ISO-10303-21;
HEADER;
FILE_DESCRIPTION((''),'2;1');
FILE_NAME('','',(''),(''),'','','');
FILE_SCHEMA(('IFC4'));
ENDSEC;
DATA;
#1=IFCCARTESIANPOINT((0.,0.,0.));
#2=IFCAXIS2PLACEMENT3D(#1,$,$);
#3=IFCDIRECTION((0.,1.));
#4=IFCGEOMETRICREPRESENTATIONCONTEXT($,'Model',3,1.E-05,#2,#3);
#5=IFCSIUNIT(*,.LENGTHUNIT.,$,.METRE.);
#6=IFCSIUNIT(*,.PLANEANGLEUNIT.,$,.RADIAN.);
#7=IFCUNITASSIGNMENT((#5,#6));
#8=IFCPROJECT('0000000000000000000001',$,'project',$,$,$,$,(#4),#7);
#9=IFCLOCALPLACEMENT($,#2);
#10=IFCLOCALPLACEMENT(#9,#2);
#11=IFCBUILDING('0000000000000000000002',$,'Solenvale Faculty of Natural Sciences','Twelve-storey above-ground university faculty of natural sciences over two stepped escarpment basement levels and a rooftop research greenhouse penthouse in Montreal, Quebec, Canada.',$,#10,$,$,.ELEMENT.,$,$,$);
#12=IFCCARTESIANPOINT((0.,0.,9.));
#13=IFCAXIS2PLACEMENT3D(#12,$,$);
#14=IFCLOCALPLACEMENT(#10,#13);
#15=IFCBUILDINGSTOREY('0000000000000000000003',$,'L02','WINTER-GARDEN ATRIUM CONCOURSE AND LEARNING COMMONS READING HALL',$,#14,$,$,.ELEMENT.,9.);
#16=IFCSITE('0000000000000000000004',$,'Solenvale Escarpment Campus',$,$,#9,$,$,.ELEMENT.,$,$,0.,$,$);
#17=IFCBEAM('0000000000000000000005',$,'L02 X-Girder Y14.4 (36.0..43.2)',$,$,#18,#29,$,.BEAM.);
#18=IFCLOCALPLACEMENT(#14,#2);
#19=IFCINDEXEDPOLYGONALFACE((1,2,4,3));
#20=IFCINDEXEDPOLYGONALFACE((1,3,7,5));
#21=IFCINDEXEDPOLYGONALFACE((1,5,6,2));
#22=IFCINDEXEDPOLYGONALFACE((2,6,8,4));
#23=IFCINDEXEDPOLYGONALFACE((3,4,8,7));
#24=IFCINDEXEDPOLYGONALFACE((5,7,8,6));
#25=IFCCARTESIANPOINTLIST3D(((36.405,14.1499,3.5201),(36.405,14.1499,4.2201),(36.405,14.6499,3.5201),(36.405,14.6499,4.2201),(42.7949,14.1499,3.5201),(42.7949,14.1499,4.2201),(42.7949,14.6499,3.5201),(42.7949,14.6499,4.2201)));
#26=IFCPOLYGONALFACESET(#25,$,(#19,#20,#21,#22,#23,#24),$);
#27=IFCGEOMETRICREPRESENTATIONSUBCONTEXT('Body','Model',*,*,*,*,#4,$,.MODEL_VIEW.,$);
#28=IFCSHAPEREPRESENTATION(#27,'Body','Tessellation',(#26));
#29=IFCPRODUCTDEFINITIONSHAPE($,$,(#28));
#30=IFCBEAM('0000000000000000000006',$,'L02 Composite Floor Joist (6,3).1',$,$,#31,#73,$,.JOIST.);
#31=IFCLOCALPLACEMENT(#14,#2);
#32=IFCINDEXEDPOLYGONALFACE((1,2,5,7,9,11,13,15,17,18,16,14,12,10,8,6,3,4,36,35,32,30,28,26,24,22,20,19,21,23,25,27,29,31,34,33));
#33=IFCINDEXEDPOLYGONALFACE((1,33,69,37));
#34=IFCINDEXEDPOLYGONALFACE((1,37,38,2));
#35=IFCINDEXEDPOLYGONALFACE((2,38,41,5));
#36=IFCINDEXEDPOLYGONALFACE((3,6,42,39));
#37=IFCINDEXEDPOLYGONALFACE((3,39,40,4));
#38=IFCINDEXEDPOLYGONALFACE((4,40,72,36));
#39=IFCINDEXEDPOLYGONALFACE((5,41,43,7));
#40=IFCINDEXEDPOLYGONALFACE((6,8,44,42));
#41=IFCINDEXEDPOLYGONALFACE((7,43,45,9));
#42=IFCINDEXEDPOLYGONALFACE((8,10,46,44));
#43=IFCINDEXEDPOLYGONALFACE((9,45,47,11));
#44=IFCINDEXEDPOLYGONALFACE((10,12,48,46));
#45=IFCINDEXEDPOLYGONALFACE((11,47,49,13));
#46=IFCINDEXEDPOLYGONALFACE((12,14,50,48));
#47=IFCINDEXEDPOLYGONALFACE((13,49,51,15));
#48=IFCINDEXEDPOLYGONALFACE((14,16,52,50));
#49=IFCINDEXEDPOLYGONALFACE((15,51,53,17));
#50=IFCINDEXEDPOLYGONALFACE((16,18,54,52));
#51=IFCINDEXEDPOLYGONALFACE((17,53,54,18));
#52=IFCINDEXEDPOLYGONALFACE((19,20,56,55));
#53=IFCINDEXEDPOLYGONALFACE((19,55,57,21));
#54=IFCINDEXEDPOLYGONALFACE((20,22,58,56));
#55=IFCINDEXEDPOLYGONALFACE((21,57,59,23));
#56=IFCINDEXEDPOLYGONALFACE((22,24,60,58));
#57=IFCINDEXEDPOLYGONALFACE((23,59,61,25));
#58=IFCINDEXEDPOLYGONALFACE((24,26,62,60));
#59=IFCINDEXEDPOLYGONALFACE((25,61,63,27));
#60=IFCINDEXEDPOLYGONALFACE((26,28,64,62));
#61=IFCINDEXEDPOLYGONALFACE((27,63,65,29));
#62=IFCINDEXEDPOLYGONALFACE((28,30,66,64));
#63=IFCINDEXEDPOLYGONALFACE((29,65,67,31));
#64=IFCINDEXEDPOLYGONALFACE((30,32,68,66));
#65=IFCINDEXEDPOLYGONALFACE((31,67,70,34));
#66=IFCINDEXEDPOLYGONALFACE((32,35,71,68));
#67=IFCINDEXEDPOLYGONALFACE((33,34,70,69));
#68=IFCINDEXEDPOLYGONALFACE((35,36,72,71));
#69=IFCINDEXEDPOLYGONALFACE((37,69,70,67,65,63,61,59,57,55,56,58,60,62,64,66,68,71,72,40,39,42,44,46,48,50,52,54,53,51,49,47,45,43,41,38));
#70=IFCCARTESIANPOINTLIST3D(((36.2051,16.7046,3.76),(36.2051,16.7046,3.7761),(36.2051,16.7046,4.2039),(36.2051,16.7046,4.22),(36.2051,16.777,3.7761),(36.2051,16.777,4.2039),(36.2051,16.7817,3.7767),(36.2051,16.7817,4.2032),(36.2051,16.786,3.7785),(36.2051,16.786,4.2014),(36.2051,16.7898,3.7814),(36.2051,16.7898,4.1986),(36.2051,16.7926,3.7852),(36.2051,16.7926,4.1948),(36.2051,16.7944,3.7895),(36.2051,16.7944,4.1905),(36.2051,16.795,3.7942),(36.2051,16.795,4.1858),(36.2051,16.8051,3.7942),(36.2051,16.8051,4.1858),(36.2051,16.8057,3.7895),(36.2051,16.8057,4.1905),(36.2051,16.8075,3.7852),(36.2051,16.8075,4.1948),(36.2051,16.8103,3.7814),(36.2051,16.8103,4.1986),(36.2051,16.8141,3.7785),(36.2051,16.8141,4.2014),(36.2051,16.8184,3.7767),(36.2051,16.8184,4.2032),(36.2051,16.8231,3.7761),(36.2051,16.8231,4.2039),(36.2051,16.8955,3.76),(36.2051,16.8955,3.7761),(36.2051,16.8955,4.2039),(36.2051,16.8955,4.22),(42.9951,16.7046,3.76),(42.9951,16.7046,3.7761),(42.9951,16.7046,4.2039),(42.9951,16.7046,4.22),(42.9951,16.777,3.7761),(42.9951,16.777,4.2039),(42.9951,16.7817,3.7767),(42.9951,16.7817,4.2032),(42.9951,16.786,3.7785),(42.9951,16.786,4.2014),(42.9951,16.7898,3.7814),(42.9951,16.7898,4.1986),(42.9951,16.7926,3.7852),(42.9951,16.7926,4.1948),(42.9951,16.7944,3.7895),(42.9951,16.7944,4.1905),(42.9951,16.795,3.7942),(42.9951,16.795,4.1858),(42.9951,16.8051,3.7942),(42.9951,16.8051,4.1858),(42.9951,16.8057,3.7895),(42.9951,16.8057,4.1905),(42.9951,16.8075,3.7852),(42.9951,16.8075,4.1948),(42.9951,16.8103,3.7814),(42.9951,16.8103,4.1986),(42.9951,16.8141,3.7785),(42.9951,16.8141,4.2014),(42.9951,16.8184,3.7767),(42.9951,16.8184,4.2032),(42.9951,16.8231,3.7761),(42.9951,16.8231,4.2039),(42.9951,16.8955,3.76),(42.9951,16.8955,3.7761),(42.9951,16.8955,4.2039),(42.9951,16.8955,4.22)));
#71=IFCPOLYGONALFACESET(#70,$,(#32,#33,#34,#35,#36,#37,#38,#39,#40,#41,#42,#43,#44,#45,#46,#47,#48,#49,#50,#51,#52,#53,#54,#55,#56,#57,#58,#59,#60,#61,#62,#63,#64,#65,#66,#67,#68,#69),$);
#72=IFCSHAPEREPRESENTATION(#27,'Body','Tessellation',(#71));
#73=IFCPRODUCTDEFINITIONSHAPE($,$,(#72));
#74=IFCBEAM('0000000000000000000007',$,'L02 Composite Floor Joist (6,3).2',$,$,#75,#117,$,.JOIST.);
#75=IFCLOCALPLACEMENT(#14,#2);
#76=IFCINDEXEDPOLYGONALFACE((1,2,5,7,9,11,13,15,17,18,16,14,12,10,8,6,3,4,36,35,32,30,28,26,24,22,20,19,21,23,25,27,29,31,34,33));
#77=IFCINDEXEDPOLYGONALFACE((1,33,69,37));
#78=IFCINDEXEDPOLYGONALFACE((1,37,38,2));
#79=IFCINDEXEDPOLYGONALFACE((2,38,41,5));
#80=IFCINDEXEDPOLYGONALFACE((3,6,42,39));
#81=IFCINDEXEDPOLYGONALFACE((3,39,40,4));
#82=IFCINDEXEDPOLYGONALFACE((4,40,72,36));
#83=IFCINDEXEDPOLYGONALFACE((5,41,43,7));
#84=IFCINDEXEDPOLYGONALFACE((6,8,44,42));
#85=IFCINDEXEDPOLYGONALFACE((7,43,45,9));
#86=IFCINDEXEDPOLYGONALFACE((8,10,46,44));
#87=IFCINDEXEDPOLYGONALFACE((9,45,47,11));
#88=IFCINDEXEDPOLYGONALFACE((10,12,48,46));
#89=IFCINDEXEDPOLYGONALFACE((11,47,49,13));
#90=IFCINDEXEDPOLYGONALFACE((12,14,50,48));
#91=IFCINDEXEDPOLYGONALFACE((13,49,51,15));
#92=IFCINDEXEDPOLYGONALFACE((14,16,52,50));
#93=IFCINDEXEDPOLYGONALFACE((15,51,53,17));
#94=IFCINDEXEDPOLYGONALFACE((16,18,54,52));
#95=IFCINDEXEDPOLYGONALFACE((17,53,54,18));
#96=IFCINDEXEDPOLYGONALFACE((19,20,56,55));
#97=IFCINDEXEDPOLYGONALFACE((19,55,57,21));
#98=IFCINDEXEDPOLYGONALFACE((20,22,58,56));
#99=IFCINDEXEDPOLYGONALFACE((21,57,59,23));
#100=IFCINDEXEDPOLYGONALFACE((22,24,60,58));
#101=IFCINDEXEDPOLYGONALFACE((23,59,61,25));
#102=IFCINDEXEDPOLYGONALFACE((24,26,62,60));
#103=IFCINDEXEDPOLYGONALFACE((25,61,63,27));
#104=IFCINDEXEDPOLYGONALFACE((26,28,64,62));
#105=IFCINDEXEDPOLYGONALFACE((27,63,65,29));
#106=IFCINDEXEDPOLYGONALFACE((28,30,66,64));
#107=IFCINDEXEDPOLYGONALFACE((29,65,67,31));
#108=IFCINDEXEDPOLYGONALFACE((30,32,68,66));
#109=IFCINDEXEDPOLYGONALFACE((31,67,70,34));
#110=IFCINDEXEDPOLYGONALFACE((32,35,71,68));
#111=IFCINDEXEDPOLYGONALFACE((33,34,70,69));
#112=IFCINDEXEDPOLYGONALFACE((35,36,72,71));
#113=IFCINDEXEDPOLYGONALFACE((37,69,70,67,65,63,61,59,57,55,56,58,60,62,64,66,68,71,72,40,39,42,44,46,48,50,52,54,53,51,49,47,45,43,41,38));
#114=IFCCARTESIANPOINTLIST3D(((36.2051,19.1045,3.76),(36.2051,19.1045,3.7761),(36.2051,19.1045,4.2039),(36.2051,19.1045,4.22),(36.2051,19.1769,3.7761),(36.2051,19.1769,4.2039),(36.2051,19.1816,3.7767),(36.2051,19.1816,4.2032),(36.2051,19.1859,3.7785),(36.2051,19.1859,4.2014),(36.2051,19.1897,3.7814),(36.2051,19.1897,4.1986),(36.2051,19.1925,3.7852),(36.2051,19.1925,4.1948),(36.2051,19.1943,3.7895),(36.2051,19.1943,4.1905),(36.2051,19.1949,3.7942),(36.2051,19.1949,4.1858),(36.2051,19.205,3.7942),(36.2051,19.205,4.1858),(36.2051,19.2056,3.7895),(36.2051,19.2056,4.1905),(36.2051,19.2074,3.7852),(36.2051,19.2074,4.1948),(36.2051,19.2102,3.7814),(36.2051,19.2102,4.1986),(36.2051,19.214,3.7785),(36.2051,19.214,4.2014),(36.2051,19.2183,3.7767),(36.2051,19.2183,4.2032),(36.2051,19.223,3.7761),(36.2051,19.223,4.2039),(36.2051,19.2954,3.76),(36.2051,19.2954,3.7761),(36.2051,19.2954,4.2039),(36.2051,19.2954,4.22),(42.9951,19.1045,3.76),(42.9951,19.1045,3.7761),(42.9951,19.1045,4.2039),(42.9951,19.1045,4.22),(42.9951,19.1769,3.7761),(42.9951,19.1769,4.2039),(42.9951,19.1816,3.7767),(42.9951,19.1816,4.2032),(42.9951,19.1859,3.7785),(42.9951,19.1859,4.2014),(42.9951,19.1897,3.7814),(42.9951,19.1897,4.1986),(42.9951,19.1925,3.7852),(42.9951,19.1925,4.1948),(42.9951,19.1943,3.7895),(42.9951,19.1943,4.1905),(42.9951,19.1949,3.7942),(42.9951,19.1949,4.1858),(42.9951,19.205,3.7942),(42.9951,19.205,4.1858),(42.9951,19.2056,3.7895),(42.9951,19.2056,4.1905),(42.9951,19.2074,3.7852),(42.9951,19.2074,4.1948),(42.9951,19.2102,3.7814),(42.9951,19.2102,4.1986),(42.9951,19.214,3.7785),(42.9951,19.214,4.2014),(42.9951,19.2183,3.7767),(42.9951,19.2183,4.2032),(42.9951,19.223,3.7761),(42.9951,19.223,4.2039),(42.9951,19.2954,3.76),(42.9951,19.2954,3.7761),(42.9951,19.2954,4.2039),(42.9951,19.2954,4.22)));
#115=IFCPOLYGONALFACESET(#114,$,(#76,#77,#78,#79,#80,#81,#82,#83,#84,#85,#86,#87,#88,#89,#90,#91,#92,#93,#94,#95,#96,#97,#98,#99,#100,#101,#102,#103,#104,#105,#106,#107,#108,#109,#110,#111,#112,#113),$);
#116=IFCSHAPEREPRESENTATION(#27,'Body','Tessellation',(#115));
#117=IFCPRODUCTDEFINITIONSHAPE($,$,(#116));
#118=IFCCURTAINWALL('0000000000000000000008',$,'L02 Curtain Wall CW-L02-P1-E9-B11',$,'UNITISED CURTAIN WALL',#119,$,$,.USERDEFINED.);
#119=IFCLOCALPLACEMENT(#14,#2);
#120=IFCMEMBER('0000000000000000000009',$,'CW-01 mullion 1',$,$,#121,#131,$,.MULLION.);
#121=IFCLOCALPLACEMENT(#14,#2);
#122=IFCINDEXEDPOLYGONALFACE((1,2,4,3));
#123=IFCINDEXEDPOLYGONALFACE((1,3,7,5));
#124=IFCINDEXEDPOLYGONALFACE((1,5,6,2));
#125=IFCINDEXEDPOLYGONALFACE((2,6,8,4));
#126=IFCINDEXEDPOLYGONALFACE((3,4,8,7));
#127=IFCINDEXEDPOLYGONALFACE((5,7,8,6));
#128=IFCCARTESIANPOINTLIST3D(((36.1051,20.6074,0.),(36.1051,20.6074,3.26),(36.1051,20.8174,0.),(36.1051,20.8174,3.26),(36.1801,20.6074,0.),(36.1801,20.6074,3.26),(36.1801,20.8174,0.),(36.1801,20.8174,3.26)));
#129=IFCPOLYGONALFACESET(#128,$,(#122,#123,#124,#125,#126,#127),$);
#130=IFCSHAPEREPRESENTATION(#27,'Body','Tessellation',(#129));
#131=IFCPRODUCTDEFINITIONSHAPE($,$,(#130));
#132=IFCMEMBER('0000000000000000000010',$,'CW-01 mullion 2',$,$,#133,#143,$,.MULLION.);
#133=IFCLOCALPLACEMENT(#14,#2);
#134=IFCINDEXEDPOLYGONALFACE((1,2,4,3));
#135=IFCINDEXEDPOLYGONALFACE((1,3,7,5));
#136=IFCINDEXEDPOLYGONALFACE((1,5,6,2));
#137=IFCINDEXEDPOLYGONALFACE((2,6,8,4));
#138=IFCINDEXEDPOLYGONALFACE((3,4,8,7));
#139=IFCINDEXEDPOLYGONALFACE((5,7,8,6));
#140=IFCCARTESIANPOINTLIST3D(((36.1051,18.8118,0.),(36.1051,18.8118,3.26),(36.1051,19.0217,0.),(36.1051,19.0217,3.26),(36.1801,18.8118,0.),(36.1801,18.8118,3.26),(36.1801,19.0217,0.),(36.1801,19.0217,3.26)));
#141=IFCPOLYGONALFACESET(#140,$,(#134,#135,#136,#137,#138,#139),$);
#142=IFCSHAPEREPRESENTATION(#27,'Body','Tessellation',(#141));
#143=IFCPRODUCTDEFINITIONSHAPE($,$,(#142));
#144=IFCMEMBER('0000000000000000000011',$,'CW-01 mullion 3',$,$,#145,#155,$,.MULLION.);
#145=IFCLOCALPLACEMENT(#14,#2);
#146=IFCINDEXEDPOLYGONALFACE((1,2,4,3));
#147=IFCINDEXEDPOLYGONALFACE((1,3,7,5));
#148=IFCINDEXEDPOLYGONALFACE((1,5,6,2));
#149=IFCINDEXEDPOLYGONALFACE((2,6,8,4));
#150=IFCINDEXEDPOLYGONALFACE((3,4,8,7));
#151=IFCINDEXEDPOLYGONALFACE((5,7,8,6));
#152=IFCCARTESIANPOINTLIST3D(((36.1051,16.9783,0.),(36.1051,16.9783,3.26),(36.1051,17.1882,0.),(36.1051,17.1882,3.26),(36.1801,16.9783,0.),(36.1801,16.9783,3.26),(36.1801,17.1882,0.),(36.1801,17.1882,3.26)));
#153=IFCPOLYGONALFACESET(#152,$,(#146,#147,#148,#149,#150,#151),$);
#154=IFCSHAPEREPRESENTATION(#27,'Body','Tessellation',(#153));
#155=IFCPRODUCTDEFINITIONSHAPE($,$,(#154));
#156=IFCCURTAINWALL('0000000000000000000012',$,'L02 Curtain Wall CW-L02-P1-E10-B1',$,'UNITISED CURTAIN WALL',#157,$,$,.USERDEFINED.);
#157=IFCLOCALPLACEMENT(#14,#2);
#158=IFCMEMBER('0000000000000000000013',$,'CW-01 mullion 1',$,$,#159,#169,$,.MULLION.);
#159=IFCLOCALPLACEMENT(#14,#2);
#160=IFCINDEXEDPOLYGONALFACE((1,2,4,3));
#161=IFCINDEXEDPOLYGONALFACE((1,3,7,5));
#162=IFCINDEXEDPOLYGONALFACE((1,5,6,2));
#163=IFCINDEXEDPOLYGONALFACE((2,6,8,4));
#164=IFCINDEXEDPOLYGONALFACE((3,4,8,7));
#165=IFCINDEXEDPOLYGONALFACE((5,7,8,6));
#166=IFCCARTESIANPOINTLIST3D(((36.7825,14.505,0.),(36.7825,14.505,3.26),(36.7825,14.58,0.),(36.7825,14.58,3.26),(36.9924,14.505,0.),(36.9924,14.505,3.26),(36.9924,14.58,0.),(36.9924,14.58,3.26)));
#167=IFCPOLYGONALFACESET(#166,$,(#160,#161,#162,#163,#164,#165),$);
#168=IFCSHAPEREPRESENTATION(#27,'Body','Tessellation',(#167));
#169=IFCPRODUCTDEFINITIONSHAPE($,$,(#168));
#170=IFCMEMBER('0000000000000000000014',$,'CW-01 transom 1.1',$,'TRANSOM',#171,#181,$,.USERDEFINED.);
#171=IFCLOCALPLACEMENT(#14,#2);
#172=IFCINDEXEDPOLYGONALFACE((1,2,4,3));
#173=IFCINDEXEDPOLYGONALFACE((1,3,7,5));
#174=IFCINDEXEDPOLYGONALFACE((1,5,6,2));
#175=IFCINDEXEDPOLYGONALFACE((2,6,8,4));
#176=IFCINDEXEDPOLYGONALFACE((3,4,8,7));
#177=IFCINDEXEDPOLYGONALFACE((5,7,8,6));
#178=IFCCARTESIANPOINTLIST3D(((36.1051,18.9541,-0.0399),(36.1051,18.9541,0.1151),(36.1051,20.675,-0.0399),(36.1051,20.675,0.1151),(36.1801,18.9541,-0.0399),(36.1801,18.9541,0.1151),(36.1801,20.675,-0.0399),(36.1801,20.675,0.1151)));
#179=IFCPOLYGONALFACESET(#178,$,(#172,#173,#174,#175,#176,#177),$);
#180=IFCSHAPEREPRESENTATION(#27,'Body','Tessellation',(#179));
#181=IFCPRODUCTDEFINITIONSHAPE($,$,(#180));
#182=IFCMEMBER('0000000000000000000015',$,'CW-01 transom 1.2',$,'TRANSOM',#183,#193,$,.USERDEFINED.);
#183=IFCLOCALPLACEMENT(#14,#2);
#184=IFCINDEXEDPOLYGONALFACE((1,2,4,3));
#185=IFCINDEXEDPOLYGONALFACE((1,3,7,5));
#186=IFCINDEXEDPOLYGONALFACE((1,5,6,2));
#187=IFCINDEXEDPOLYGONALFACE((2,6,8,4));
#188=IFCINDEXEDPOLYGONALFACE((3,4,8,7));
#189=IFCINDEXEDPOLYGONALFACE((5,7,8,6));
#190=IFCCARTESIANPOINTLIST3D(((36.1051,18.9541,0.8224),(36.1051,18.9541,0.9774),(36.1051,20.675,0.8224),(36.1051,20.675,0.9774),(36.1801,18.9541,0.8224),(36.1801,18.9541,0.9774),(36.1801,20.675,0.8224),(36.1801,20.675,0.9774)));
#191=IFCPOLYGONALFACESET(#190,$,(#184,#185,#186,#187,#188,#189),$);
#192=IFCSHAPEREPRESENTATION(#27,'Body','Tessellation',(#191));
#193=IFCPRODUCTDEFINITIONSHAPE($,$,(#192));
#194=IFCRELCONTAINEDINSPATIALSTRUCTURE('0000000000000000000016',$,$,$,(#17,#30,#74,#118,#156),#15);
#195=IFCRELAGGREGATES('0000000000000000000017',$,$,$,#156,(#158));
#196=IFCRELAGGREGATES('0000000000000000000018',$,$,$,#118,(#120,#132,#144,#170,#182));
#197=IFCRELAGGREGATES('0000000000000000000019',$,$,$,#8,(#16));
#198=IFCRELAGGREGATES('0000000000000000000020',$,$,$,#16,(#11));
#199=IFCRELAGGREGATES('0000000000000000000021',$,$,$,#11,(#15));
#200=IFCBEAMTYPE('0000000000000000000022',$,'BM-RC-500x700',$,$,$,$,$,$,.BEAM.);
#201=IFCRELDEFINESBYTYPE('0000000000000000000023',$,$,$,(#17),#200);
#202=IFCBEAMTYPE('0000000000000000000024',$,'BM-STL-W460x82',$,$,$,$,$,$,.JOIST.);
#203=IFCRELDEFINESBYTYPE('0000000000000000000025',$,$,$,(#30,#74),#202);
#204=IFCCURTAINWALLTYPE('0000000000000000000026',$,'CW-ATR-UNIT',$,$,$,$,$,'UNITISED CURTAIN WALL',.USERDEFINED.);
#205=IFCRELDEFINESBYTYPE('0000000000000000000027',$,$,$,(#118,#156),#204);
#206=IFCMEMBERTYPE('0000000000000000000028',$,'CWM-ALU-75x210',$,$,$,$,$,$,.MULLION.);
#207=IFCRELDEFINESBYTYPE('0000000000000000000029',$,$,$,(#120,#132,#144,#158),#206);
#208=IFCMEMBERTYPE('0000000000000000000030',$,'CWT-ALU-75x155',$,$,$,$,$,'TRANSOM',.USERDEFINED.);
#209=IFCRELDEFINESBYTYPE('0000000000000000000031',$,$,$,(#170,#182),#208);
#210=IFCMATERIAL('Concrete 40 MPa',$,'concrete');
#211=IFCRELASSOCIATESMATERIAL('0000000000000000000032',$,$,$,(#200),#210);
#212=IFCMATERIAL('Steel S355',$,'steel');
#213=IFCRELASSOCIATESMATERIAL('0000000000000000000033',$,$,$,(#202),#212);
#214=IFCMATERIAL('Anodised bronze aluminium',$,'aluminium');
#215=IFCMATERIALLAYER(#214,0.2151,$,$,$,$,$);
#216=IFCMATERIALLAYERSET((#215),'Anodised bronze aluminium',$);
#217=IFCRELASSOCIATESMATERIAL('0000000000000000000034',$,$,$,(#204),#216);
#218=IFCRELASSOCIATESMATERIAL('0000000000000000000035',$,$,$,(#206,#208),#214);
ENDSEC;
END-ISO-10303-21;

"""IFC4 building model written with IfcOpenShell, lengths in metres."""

from ifc_helpers import new_model, si_unit, direction, frame, origin, origin_2d, place, context, subcontext, project, spatial, rectangle, i_section, extrude, material, layer, layer_set, material_profile, profile_set, type_object, element, aggregate, save


model = new_model("IFC4")

# Units and contexts
model_context = context("Model", 3, precision=1e-05, world=origin(), true_north=direction((0.0, 1.0)))
body_context = subcontext(model_context, "Body", "Model", "MODEL_VIEW")
ifc_project = project(units=[si_unit("LENGTHUNIT", "METRE"), si_unit("PLANEANGLEUNIT", "RADIAN")], contexts=[model_context])

# Site, building, storey
site_placement = place(None, origin())
site = spatial("IfcSite", under=ifc_project, at=site_placement, Name="Solenvale Escarpment Campus", CompositionType="ELEMENT", RefElevation=0.0)
building_placement = place(site_placement, origin())
building = spatial("IfcBuilding", under=site, at=building_placement, Name="Solenvale Faculty of Natural Sciences", Description="Twelve-storey above-ground university faculty of natural sciences over two stepped escarpment basement levels and a rooftop research greenhouse penthouse in Montreal, Quebec, Canada.", CompositionType="ELEMENT")
storey_placement = place(building_placement, frame((0.0, 0.0, 9.0)))
storey = spatial("IfcBuildingStorey", under=building, at=storey_placement, Name="L02", Description="WINTER-GARDEN ATRIUM CONCOURSE AND LEARNING COMMONS READING HALL", CompositionType="ELEMENT", Elevation=9.0)

# Beams
ifc_material_1 = material(Name="Concrete 40 MPa", Category="concrete")
ifc_material_profile_1 = material_profile(ifc_material_1, rectangle(XDim=0.5, YDim=0.7, at=origin_2d()), Name="RC-BM-500x700")
ifc_profile_set_1 = profile_set([ifc_material_profile_1], Name="Concrete 40 MPa")
beam_type_1 = type_object("IfcBeamType", Name="BM-RC-500x700", PredefinedType="BEAM", material=ifc_profile_set_1)
beam_placement = place(storey_placement, frame((36.405, 14.3999, 3.8701), z_axis=(1.0, 0.0, 0.0), x_axis=(0.0, 1.0, 0.0)))
element("IfcBeam", 1, at=beam_placement, inside=storey, type_object=beam_type_1, Name="L02 X-Girder Y14.4 (36.0..43.2)", PredefinedType="BEAM", context=body_context, shape_type="SweptSolid", body=[
    extrude(rectangle(XDim=0.5, YDim=0.7, at=origin_2d()), origin(), (0.0, 0.0, 1.0), 6.3899),
])
ifc_material_2 = material(Name="Steel S355", Category="steel")
ifc_material_profile_2 = material_profile(ifc_material_2, i_section(OverallWidth=0.1909, OverallDepth=0.46, WebThickness=0.01, FlangeThickness=0.0161, FilletRadius=0.0181, at=origin_2d()), Name="W460x82")
ifc_profile_set_2 = profile_set([ifc_material_profile_2], Name="Steel S355")
beam_type_2 = type_object("IfcBeamType", Name="BM-STL-W460x82", PredefinedType="JOIST", material=ifc_profile_set_2)
for number, where, z_axis, x_axis, name in (
    (2, (36.2051, 16.8, 3.99), (1.0, 0.0, 0.0), (0.0, 1.0, 0.0), "L02 Composite Floor Joist (6,3).1"),
    (3, (36.2051, 19.2, 3.99), (1.0, 0.0, 0.0), (0.0, 1.0, 0.0), "L02 Composite Floor Joist (6,3).2"),
):
    element("IfcBeam", number, at=place(storey_placement, frame(where, z_axis=z_axis, x_axis=x_axis)), inside=storey, type_object=beam_type_2, Name=name, PredefinedType="JOIST", context=body_context, shape_type="SweptSolid", body=[
        extrude(i_section(OverallWidth=0.1909, OverallDepth=0.46, WebThickness=0.01, FlangeThickness=0.0161, FilletRadius=0.0181, at=origin_2d()), origin(), (0.0, 0.0, 1.0), 6.79),
    ])

# Curtain wall, members
ifc_material_3 = material(Name="Anodised bronze aluminium", Category="aluminium")
ifc_layer_1 = layer(ifc_material_3, 0.2151)
ifc_layer_set_1 = layer_set([ifc_layer_1], Name="Anodised bronze aluminium")
curtain_wall_type = type_object("IfcCurtainWallType", Name="CW-ATR-UNIT", ElementType="UNITISED CURTAIN WALL", PredefinedType="USERDEFINED", material=ifc_layer_set_1)
curtain_wall_1_placement = place(storey_placement, origin())
curtain_wall_1 = element("IfcCurtainWall", 4, at=curtain_wall_1_placement, inside=storey, type_object=curtain_wall_type, Name="L02 Curtain Wall CW-L02-P1-E9-B11", ObjectType="UNITISED CURTAIN WALL", PredefinedType="USERDEFINED")
ifc_material_profile_3 = material_profile(ifc_material_3, rectangle(XDim=0.075, YDim=0.21, at=origin_2d()), Name="ALU-MUL-75x210")
ifc_profile_set_3 = profile_set([ifc_material_profile_3], Name="Anodised bronze aluminium")
member_type_1 = type_object("IfcMemberType", Name="CWM-ALU-75x210", PredefinedType="MULLION", material=ifc_profile_set_3)
member_1_placement = place(storey_placement, frame((36.1426, 20.7124, 0.0), z_axis=(0.0, 0.0, 1.0), x_axis=(1.0, 0.0, 0.0)))
member_1 = element("IfcMember", 5, at=member_1_placement, type_object=member_type_1, Name="CW-01 mullion 1", PredefinedType="MULLION", context=body_context, shape_type="SweptSolid", body=[
    extrude(rectangle(XDim=0.075, YDim=0.21, at=origin_2d()), origin(), (0.0, 0.0, 1.0), 3.26),
])
member_2_placement = place(storey_placement, frame((36.1426, 18.9167, 0.0), z_axis=(0.0, 0.0, 1.0), x_axis=(1.0, 0.0, 0.0)))
member_2 = element("IfcMember", 6, at=member_2_placement, type_object=member_type_1, Name="CW-01 mullion 2", PredefinedType="MULLION", context=body_context, shape_type="SweptSolid", body=[
    extrude(rectangle(XDim=0.075, YDim=0.21, at=origin_2d()), origin(), (0.0, 0.0, 1.0), 3.26),
])
member_3_placement = place(storey_placement, frame((36.1426, 17.0833, 0.0), z_axis=(0.0, 0.0, 1.0), x_axis=(1.0, 0.0, 0.0)))
member_3 = element("IfcMember", 7, at=member_3_placement, type_object=member_type_1, Name="CW-01 mullion 3", PredefinedType="MULLION", context=body_context, shape_type="SweptSolid", body=[
    extrude(rectangle(XDim=0.075, YDim=0.21, at=origin_2d()), origin(), (0.0, 0.0, 1.0), 3.26),
])

# Curtain wall, member
curtain_wall_2_placement = place(storey_placement, origin())
curtain_wall_2 = element("IfcCurtainWall", 8, at=curtain_wall_2_placement, inside=storey, type_object=curtain_wall_type, Name="L02 Curtain Wall CW-L02-P1-E10-B1", ObjectType="UNITISED CURTAIN WALL", PredefinedType="USERDEFINED")
member_4_placement = place(storey_placement, frame((36.8875, 14.5425, 0.0), z_axis=(0.0, 0.0, 1.0), x_axis=(0.0, 1.0, 0.0)))
member_4 = element("IfcMember", 9, at=member_4_placement, type_object=member_type_1, Name="CW-01 mullion 1", PredefinedType="MULLION", context=body_context, shape_type="SweptSolid", body=[
    extrude(rectangle(XDim=0.075, YDim=0.21, at=origin_2d()), origin(), (0.0, 0.0, 1.0), 3.26),
])

# Members
ifc_material_profile_4 = material_profile(ifc_material_3, rectangle(XDim=0.075, YDim=0.155, at=origin_2d()), Name="ALU-TRN-75x155")
ifc_profile_set_4 = profile_set([ifc_material_profile_4], Name="Anodised bronze aluminium")
member_type_2 = type_object("IfcMemberType", Name="CWT-ALU-75x155", ElementType="TRANSOM", PredefinedType="USERDEFINED", material=ifc_profile_set_4)
member_5_placement = place(storey_placement, frame((36.1426, 20.675, 0.0376), z_axis=(0.0, -1.0, 0.0), x_axis=(1.0, 0.0, 0.0)))
member_5 = element("IfcMember", 10, at=member_5_placement, type_object=member_type_2, Name="CW-01 transom 1.1", ObjectType="TRANSOM", PredefinedType="USERDEFINED", context=body_context, shape_type="SweptSolid", body=[
    extrude(rectangle(XDim=0.075, YDim=0.155, at=origin_2d()), origin(), (0.0, 0.0, 1.0), 1.7209),
])
member_6_placement = place(storey_placement, frame((36.1426, 20.675, 0.8999), z_axis=(0.0, -1.0, 0.0), x_axis=(1.0, 0.0, 0.0)))
member_6 = element("IfcMember", 11, at=member_6_placement, type_object=member_type_2, Name="CW-01 transom 1.2", ObjectType="TRANSOM", PredefinedType="USERDEFINED", context=body_context, shape_type="SweptSolid", body=[
    extrude(rectangle(XDim=0.075, YDim=0.155, at=origin_2d()), origin(), (0.0, 0.0, 1.0), 1.7209),
])
aggregate(curtain_wall_2, [member_4])

aggregate(curtain_wall_1, [member_1, member_2, member_3, member_5, member_6])

save(model, "model.ifc")
